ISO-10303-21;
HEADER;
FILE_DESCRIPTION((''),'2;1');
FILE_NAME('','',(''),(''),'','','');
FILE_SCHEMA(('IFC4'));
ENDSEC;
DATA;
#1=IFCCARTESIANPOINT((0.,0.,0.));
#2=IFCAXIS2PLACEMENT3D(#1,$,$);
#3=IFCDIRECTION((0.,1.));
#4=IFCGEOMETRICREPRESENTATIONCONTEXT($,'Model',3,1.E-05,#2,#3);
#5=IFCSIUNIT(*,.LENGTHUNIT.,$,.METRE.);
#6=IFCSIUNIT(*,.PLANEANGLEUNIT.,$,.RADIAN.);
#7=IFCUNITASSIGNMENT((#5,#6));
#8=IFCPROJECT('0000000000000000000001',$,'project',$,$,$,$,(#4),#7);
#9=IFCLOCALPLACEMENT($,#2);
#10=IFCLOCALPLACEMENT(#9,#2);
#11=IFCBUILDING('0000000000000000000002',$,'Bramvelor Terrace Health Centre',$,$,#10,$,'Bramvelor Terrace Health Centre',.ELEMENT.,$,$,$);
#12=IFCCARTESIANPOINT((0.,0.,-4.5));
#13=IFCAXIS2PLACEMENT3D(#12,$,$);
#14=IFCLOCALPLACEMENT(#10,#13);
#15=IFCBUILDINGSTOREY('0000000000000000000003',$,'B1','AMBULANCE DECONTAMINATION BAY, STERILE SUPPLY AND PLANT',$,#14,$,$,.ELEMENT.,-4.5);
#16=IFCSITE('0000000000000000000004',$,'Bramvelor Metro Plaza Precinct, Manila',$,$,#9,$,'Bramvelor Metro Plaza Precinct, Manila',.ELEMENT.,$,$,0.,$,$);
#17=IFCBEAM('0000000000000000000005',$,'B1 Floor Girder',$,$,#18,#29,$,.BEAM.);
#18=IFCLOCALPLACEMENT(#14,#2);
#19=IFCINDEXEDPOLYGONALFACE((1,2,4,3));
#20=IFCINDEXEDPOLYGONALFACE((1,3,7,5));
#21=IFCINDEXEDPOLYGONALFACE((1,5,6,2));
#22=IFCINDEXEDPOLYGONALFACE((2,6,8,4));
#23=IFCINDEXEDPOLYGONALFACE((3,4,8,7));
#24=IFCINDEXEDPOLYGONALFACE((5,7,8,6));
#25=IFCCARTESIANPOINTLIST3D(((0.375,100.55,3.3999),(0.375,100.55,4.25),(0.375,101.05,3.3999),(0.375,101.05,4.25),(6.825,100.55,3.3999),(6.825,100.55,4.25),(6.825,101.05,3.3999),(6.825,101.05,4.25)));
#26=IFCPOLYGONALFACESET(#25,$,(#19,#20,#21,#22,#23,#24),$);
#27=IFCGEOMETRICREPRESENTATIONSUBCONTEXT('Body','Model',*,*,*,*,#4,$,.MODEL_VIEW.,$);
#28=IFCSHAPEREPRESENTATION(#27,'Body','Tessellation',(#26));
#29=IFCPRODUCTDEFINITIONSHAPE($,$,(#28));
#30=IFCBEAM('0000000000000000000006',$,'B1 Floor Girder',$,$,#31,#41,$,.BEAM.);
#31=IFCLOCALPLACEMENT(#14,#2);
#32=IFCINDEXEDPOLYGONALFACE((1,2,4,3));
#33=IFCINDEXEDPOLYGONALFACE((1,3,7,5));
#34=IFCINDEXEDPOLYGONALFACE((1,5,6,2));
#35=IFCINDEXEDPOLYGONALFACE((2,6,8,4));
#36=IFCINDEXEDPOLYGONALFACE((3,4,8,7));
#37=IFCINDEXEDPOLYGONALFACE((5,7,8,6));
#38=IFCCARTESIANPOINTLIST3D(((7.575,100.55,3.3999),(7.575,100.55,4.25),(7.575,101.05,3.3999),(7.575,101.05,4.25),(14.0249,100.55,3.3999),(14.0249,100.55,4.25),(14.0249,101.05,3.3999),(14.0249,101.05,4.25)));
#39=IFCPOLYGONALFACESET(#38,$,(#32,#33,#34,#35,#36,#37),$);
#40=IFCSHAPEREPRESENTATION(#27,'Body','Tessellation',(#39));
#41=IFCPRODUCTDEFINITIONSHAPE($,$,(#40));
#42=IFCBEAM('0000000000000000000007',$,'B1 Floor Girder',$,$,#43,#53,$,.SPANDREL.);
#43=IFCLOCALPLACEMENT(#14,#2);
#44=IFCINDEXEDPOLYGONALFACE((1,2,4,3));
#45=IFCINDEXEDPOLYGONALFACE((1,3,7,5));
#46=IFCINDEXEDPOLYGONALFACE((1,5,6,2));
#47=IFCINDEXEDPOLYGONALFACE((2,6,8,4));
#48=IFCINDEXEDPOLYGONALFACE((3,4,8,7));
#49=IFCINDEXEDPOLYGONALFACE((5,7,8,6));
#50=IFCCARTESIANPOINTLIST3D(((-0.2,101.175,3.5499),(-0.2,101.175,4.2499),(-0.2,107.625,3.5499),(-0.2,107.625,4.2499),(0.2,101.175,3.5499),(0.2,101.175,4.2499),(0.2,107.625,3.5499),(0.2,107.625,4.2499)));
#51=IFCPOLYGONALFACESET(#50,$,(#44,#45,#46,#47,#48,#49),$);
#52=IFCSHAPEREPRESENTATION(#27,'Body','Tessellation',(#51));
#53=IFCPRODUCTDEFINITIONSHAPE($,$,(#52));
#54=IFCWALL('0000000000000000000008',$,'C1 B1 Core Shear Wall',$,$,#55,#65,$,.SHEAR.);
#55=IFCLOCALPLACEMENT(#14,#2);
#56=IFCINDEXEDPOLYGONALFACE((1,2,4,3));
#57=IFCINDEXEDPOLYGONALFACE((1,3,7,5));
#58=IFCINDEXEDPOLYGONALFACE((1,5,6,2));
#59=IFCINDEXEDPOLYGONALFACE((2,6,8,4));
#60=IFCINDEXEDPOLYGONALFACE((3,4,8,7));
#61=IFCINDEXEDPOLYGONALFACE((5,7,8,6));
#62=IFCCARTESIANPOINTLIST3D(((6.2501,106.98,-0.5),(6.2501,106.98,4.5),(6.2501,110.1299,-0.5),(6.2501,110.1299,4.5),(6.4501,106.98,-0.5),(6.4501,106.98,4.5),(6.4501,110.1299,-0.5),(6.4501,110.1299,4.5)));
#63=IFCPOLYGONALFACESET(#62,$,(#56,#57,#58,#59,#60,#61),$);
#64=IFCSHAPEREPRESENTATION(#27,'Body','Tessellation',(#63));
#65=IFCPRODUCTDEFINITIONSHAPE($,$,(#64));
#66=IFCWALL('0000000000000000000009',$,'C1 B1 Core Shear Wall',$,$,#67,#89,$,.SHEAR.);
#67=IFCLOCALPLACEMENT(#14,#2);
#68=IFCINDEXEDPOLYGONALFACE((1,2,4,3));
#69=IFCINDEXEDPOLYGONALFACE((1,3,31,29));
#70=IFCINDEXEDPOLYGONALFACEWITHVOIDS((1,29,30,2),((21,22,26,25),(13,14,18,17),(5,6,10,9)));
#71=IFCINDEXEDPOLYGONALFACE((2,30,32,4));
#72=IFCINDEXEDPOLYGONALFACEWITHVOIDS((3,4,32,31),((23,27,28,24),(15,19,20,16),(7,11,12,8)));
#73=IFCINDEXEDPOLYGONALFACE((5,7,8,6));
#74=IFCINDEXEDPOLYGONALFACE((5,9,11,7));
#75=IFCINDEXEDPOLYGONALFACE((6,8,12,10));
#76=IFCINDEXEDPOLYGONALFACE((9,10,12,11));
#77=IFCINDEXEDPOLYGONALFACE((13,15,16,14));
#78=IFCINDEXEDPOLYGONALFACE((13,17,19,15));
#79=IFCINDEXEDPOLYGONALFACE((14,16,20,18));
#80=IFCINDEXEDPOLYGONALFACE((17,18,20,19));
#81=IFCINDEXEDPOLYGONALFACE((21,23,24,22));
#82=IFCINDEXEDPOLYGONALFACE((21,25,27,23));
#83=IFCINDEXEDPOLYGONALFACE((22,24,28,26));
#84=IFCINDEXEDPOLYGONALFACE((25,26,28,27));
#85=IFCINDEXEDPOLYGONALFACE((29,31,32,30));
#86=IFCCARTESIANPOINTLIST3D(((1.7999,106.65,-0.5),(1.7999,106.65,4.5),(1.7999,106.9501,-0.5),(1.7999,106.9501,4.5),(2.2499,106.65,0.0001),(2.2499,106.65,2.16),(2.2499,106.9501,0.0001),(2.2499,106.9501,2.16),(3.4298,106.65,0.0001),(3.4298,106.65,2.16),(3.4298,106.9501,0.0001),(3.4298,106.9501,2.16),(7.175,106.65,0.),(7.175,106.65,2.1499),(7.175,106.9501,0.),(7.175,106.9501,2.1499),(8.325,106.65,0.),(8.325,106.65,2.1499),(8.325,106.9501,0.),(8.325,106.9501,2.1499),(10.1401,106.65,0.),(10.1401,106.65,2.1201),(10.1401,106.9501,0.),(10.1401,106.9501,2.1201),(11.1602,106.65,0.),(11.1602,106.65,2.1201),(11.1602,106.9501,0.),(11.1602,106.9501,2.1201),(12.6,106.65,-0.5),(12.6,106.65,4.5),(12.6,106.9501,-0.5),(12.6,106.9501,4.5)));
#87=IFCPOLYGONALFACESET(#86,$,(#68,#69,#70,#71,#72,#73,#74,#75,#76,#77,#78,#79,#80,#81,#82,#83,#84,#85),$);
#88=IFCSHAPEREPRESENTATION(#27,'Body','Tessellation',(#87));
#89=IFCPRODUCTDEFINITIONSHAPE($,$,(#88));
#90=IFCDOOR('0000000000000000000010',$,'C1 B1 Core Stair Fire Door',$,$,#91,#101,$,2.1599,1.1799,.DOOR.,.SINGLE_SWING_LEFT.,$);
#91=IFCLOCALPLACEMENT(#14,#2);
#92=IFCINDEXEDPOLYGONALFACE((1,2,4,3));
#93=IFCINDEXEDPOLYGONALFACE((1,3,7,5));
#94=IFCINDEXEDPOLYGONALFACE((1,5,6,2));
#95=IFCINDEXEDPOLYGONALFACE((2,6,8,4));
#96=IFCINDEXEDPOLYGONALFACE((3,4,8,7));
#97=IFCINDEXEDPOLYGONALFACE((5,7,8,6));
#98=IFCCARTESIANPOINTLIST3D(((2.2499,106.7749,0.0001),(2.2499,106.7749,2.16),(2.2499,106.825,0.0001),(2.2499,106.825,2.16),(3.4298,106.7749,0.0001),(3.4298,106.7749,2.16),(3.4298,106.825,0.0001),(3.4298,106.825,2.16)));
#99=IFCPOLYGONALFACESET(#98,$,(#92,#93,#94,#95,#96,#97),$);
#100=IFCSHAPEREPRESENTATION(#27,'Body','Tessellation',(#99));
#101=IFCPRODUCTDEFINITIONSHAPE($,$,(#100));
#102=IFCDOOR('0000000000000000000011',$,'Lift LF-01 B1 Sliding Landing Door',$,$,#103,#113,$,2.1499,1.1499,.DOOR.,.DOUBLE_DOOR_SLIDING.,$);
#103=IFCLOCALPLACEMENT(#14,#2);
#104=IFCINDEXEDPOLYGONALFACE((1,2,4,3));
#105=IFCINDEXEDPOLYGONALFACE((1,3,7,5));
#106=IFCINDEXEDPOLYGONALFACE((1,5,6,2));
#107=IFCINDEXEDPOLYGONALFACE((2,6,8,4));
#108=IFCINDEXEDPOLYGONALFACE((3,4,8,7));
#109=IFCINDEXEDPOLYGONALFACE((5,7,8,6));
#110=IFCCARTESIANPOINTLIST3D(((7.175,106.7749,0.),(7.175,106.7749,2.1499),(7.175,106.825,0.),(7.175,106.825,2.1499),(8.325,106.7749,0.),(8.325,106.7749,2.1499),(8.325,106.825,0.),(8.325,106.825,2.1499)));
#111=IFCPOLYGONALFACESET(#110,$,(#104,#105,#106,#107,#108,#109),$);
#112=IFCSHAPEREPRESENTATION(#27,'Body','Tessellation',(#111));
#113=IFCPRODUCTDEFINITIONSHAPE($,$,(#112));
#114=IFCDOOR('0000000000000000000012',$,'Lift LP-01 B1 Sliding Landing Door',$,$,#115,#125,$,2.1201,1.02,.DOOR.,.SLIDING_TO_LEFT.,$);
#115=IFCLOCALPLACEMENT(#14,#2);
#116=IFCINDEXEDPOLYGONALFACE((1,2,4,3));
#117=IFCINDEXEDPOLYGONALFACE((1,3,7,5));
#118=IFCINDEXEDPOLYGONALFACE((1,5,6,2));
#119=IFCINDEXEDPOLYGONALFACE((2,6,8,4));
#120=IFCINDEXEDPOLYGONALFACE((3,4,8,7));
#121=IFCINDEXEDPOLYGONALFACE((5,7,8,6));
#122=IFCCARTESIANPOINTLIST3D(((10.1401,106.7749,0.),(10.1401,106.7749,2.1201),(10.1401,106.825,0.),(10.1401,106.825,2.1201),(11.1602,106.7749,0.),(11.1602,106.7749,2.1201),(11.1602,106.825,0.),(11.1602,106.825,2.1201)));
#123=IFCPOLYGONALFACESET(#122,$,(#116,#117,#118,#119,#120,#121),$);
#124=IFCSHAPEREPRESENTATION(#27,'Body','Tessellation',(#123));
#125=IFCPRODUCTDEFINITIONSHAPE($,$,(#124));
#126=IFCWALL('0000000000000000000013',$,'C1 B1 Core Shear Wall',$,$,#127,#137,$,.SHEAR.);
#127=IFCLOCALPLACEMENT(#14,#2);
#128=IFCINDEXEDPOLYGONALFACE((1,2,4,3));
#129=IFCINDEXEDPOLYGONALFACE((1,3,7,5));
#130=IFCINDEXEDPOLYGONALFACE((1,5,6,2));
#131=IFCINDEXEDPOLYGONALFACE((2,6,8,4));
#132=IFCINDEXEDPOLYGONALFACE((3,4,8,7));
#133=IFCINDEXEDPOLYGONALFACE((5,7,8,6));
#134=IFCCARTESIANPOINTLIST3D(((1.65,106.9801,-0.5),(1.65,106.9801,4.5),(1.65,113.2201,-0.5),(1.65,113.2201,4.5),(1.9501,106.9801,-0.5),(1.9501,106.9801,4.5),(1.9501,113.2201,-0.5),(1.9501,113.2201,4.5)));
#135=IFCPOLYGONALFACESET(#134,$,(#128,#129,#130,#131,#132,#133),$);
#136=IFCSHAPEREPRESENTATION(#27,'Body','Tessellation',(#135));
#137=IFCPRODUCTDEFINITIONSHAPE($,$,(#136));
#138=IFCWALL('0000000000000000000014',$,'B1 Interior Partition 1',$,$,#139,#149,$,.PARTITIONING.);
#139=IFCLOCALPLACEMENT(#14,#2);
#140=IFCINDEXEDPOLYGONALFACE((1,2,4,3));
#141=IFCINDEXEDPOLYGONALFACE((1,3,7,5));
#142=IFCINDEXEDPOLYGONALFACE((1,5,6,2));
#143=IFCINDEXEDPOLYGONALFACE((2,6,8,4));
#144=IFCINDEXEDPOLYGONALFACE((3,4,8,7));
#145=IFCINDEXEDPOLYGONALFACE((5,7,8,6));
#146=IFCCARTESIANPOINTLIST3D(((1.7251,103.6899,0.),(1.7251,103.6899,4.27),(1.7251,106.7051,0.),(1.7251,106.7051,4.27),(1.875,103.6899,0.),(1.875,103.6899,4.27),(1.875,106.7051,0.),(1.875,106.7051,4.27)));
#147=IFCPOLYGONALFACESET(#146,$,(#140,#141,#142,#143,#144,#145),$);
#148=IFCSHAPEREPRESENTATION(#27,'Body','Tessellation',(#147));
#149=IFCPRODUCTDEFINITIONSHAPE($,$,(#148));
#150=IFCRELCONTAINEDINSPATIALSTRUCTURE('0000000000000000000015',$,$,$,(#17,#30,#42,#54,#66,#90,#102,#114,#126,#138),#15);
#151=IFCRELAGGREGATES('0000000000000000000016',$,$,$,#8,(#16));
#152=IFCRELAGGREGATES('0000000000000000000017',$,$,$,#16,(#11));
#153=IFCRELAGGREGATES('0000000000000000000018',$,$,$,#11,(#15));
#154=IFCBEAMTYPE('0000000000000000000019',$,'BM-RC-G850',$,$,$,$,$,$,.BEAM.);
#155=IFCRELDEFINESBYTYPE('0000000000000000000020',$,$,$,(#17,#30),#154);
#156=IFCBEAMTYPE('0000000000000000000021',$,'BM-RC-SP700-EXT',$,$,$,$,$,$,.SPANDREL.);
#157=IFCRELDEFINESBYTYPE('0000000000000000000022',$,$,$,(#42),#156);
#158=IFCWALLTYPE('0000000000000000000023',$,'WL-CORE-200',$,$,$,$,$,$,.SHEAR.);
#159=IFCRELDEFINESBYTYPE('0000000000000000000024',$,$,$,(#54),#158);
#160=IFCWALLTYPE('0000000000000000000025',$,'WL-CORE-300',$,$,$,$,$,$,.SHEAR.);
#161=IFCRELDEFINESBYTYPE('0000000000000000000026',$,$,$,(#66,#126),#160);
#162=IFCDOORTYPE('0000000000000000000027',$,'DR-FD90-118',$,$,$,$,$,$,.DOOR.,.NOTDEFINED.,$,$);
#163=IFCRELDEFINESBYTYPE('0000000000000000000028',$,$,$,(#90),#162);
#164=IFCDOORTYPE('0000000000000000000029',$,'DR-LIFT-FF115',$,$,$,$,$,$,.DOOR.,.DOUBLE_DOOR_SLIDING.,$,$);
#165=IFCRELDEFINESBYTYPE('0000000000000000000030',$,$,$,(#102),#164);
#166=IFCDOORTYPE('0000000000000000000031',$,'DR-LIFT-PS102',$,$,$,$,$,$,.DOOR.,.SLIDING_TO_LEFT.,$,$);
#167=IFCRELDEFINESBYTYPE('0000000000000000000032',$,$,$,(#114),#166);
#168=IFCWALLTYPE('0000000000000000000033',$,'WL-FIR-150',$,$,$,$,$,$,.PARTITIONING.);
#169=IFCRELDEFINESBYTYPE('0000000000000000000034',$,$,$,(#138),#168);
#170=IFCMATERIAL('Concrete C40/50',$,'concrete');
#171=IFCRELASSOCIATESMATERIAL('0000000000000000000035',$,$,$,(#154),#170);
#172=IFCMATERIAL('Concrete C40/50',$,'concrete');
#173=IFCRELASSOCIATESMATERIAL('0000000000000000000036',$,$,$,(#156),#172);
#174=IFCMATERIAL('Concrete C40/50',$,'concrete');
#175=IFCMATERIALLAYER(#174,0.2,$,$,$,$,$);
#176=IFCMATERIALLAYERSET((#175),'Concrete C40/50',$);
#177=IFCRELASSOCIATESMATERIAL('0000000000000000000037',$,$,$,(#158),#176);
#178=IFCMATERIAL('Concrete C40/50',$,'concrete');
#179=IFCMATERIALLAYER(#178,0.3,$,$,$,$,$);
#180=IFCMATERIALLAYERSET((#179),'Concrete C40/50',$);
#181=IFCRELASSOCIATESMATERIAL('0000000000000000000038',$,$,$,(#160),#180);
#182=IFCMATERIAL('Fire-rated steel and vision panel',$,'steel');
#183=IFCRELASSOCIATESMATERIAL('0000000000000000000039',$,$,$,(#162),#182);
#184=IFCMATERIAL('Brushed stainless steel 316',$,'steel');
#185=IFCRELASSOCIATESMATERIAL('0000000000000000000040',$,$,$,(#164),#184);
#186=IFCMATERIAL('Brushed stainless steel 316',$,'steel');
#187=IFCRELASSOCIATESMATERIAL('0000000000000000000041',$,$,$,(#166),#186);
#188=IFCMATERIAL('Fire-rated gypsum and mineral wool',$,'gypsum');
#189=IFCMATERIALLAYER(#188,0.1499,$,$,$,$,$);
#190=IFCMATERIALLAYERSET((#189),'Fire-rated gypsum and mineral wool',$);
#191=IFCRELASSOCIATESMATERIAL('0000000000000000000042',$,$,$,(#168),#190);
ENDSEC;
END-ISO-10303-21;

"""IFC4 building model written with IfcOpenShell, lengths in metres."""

from ifc_helpers import new_model, si_unit, direction, frame, frame_2d, origin, origin_2d, place, context, subcontext, project, spatial, rectangle, extrude, material, layer, layer_set, material_profile, profile_set, type_object, element, fill, save


model = new_model("IFC4")

# Units and contexts
model_context = context("Model", 3, precision=1e-05, world=origin(), true_north=direction((0.0, 1.0)))
body_context = subcontext(model_context, "Body", "Model", "MODEL_VIEW")
ifc_project = project(units=[si_unit("LENGTHUNIT", "METRE"), si_unit("PLANEANGLEUNIT", "RADIAN")], contexts=[model_context])

# Site, building, storey
site_placement = place(None, origin())
site = spatial("IfcSite", under=ifc_project, at=site_placement, Name="Bramvelor Metro Plaza Precinct, Manila", LongName="Bramvelor Metro Plaza Precinct, Manila", CompositionType="ELEMENT", RefElevation=0.0)
building_placement = place(site_placement, origin())
building = spatial("IfcBuilding", under=site, at=building_placement, Name="Bramvelor Terrace Health Centre", LongName="Bramvelor Terrace Health Centre", CompositionType="ELEMENT")
storey_placement = place(building_placement, frame((0.0, 0.0, -4.5)))
storey = spatial("IfcBuildingStorey", under=building, at=storey_placement, Name="B1", Description="AMBULANCE DECONTAMINATION BAY, STERILE SUPPLY AND PLANT", CompositionType="ELEMENT", Elevation=-4.5)

# Beams
ifc_material_1 = material(Name="Concrete C40/50", Category="concrete")
ifc_material_profile_1 = material_profile(ifc_material_1, rectangle(XDim=0.5, YDim=0.8501, at=origin_2d()), Name="RC 500x850")
ifc_profile_set_1 = profile_set([ifc_material_profile_1], Name="Concrete C40/50")
beam_type_1 = type_object("IfcBeamType", Name="BM-RC-G850", PredefinedType="BEAM", material=ifc_profile_set_1)
for number, where, z_axis, x_axis, name in (
    (1, (0.375, 100.8, 3.825), (1.0, 0.0, 0.0), (0.0, 1.0, 0.0), "B1 Floor Girder"),
    (2, (7.575, 100.8, 3.825), (1.0, 0.0, 0.0), (0.0, 1.0, 0.0), "B1 Floor Girder"),
):
    element("IfcBeam", number, at=place(storey_placement, frame(where, z_axis=z_axis, x_axis=x_axis)), inside=storey, type_object=beam_type_1, Name=name, PredefinedType="BEAM", context=body_context, shape_type="SweptSolid", body=[
        extrude(rectangle(XDim=0.5, YDim=0.8501, at=origin_2d()), origin(), (0.0, 0.0, 1.0), 6.45),
    ])
ifc_material_2 = material(Name="Concrete C40/50", Category="concrete")
ifc_material_profile_2 = material_profile(ifc_material_2, rectangle(XDim=0.3999, YDim=0.7, at=origin_2d()), Name="RC 400x700")
ifc_profile_set_2 = profile_set([ifc_material_profile_2], Name="Concrete C40/50")
beam_type_2 = type_object("IfcBeamType", Name="BM-RC-SP700-EXT", PredefinedType="SPANDREL", material=ifc_profile_set_2)
beam_placement = place(storey_placement, frame((0.0, 101.175, 3.8999), z_axis=(0.0, 1.0, 0.0), x_axis=(-1.0, 0.0, 0.0)))
element("IfcBeam", 3, at=beam_placement, inside=storey, type_object=beam_type_2, Name="B1 Floor Girder", PredefinedType="SPANDREL", context=body_context, shape_type="SweptSolid", body=[
    extrude(rectangle(XDim=0.3999, YDim=0.7, at=origin_2d()), origin(), (0.0, 0.0, 1.0), 6.45),
])

# Wall
ifc_material_3 = material(Name="Concrete C40/50", Category="concrete")
ifc_layer_1 = layer(ifc_material_3, 0.2)
ifc_layer_set_1 = layer_set([ifc_layer_1], Name="Concrete C40/50")
wall_type_1 = type_object("IfcWallType", Name="WL-CORE-200", PredefinedType="SHEAR", material=ifc_layer_set_1)
wall_1_placement = place(storey_placement, frame((6.3501, 106.98, -0.5), z_axis=(0.0, 0.0, 1.0), x_axis=(0.0, 1.0, 0.0)))
element("IfcWall", 4, at=wall_1_placement, inside=storey, type_object=wall_type_1, Name="C1 B1 Core Shear Wall", PredefinedType="SHEAR", context=body_context, shape_type="SweptSolid", body=[
    extrude(rectangle(XDim=3.1499, YDim=0.2, at=frame_2d((1.575, 0.0))), origin(), (0.0, 0.0, 1.0), 5.0),
])

# Wall, openings, doors
ifc_material_4 = material(Name="Concrete C40/50", Category="concrete")
ifc_layer_2 = layer(ifc_material_4, 0.3)
ifc_layer_set_2 = layer_set([ifc_layer_2], Name="Concrete C40/50")
wall_type_2 = type_object("IfcWallType", Name="WL-CORE-300", PredefinedType="SHEAR", material=ifc_layer_set_2)
wall_2_placement = place(storey_placement, frame((1.8, 106.8, -0.5), z_axis=(0.0, 0.0, 1.0), x_axis=(1.0, 0.0, 0.0)))
wall_2 = element("IfcWall", 5, at=wall_2_placement, inside=storey, type_object=wall_type_2, Name="C1 B1 Core Shear Wall", PredefinedType="SHEAR", context=body_context, shape_type="SweptSolid", body=[
    extrude(rectangle(XDim=10.8, YDim=0.3, at=frame_2d((5.3999, 0.0))), origin(), (0.0, 0.0, 1.0), 5.0),
])
opening_1_placement = place(wall_2_placement, frame((0.45, 0.0, 0.5)))
opening_1 = element("IfcOpeningElement", 6, at=opening_1_placement, cuts=wall_2, PredefinedType="OPENING", context=body_context, shape_type="SweptSolid", body=[
    extrude(rectangle(XDim=1.1799, YDim=2.1599, at=frame_2d((0.5898, 1.0801))), frame((0.0, 0.1599, 0.0), z_axis=(0.0, -1.0, 0.0), x_axis=(1.0, 0.0, 0.0)), (0.0, 0.0, 1.0), 0.3201),
])
opening_2_placement = place(wall_2_placement, frame((5.375, 0.0, 0.5)))
opening_2 = element("IfcOpeningElement", 7, at=opening_2_placement, cuts=wall_2, PredefinedType="OPENING", context=body_context, shape_type="SweptSolid", body=[
    extrude(rectangle(XDim=1.1499, YDim=2.1499, at=frame_2d((0.575, 1.075))), frame((0.0, 0.1599, 0.0), z_axis=(0.0, -1.0, 0.0), x_axis=(1.0, 0.0, 0.0)), (0.0, 0.0, 1.0), 0.3201),
])
opening_3_placement = place(wall_2_placement, frame((8.3401, 0.0, 0.5)))
opening_3 = element("IfcOpeningElement", 8, at=opening_3_placement, cuts=wall_2, PredefinedType="OPENING", context=body_context, shape_type="SweptSolid", body=[
    extrude(rectangle(XDim=1.02, YDim=2.1201, at=frame_2d((0.51, 1.0601))), frame((0.0, 0.1599, 0.0), z_axis=(0.0, -1.0, 0.0), x_axis=(1.0, 0.0, 0.0)), (0.0, 0.0, 1.0), 0.3201),
])
ifc_material_5 = material(Name="Fire-rated steel and vision panel", Category="steel")
door_type_1 = type_object("IfcDoorType", Name="DR-FD90-118", OperationType="NOTDEFINED", PredefinedType="DOOR", material=ifc_material_5)
door_1_placement = place(opening_1_placement, origin())
door_1 = element("IfcDoor", 9, at=door_1_placement, inside=storey, type_object=door_type_1, Name="C1 B1 Core Stair Fire Door", OperationType="SINGLE_SWING_LEFT", OverallHeight=2.1599, OverallWidth=1.1799, PredefinedType="DOOR", context=body_context, shape_type="SweptSolid", body=[
    extrude(rectangle(XDim=1.1799, YDim=2.1599, at=frame_2d((0.5898, 1.0801))), frame((0.0, 0.0249, 0.0), z_axis=(0.0, -1.0, 0.0), x_axis=(1.0, 0.0, 0.0)), (0.0, 0.0, 1.0), 0.05),
])
fill(opening_1, door_1)
ifc_material_6 = material(Name="Brushed stainless steel 316", Category="steel")
door_type_2 = type_object("IfcDoorType", Name="DR-LIFT-FF115", OperationType="DOUBLE_DOOR_SLIDING", PredefinedType="DOOR", material=ifc_material_6)
door_2_placement = place(opening_2_placement, origin())
door_2 = element("IfcDoor", 10, at=door_2_placement, inside=storey, type_object=door_type_2, Name="Lift LF-01 B1 Sliding Landing Door", OperationType="DOUBLE_DOOR_SLIDING", OverallHeight=2.1499, OverallWidth=1.1499, PredefinedType="DOOR", context=body_context, shape_type="SweptSolid", body=[
    extrude(rectangle(XDim=1.1499, YDim=2.1499, at=frame_2d((0.575, 1.075))), frame((0.0, 0.0249, 0.0), z_axis=(0.0, -1.0, 0.0), x_axis=(1.0, 0.0, 0.0)), (0.0, 0.0, 1.0), 0.05),
])
fill(opening_2, door_2)
ifc_material_7 = material(Name="Brushed stainless steel 316", Category="steel")
door_type_3 = type_object("IfcDoorType", Name="DR-LIFT-PS102", OperationType="SLIDING_TO_LEFT", PredefinedType="DOOR", material=ifc_material_7)
door_3_placement = place(opening_3_placement, origin())
door_3 = element("IfcDoor", 11, at=door_3_placement, inside=storey, type_object=door_type_3, Name="Lift LP-01 B1 Sliding Landing Door", OperationType="SLIDING_TO_LEFT", OverallHeight=2.1201, OverallWidth=1.02, PredefinedType="DOOR", context=body_context, shape_type="SweptSolid", body=[
    extrude(rectangle(XDim=1.02, YDim=2.1201, at=frame_2d((0.51, 1.0601))), frame((0.0, 0.0249, 0.0), z_axis=(0.0, -1.0, 0.0), x_axis=(1.0, 0.0, 0.0)), (0.0, 0.0, 1.0), 0.05),
])
fill(opening_3, door_3)

# Walls
wall_3_placement = place(storey_placement, frame((1.8, 106.98, -0.5), z_axis=(0.0, 0.0, 1.0), x_axis=(0.0, 1.0, 0.0)))
element("IfcWall", 12, at=wall_3_placement, inside=storey, type_object=wall_type_2, Name="C1 B1 Core Shear Wall", PredefinedType="SHEAR", context=body_context, shape_type="SweptSolid", body=[
    extrude(rectangle(XDim=6.24, YDim=0.3, at=frame_2d((3.1201, 0.0))), origin(), (0.0, 0.0, 1.0), 5.0),
])
ifc_material_8 = material(Name="Fire-rated gypsum and mineral wool", Category="gypsum")
ifc_layer_3 = layer(ifc_material_8, 0.1499)
ifc_layer_set_3 = layer_set([ifc_layer_3], Name="Fire-rated gypsum and mineral wool")
wall_type_3 = type_object("IfcWallType", Name="WL-FIR-150", PredefinedType="PARTITIONING", material=ifc_layer_set_3)
wall_4_placement = place(storey_placement, frame((1.8, 103.6899, 0.0), z_axis=(0.0, 0.0, 1.0), x_axis=(0.0, 1.0, 0.0)))
element("IfcWall", 13, at=wall_4_placement, inside=storey, type_object=wall_type_3, Name="B1 Interior Partition 1", PredefinedType="PARTITIONING", context=body_context, shape_type="SweptSolid", body=[
    extrude(rectangle(XDim=3.0151, YDim=0.1499, at=frame_2d((1.5076, 0.0))), origin(), (0.0, 0.0, 1.0), 4.27),
])

save(model, "model.ifc")
